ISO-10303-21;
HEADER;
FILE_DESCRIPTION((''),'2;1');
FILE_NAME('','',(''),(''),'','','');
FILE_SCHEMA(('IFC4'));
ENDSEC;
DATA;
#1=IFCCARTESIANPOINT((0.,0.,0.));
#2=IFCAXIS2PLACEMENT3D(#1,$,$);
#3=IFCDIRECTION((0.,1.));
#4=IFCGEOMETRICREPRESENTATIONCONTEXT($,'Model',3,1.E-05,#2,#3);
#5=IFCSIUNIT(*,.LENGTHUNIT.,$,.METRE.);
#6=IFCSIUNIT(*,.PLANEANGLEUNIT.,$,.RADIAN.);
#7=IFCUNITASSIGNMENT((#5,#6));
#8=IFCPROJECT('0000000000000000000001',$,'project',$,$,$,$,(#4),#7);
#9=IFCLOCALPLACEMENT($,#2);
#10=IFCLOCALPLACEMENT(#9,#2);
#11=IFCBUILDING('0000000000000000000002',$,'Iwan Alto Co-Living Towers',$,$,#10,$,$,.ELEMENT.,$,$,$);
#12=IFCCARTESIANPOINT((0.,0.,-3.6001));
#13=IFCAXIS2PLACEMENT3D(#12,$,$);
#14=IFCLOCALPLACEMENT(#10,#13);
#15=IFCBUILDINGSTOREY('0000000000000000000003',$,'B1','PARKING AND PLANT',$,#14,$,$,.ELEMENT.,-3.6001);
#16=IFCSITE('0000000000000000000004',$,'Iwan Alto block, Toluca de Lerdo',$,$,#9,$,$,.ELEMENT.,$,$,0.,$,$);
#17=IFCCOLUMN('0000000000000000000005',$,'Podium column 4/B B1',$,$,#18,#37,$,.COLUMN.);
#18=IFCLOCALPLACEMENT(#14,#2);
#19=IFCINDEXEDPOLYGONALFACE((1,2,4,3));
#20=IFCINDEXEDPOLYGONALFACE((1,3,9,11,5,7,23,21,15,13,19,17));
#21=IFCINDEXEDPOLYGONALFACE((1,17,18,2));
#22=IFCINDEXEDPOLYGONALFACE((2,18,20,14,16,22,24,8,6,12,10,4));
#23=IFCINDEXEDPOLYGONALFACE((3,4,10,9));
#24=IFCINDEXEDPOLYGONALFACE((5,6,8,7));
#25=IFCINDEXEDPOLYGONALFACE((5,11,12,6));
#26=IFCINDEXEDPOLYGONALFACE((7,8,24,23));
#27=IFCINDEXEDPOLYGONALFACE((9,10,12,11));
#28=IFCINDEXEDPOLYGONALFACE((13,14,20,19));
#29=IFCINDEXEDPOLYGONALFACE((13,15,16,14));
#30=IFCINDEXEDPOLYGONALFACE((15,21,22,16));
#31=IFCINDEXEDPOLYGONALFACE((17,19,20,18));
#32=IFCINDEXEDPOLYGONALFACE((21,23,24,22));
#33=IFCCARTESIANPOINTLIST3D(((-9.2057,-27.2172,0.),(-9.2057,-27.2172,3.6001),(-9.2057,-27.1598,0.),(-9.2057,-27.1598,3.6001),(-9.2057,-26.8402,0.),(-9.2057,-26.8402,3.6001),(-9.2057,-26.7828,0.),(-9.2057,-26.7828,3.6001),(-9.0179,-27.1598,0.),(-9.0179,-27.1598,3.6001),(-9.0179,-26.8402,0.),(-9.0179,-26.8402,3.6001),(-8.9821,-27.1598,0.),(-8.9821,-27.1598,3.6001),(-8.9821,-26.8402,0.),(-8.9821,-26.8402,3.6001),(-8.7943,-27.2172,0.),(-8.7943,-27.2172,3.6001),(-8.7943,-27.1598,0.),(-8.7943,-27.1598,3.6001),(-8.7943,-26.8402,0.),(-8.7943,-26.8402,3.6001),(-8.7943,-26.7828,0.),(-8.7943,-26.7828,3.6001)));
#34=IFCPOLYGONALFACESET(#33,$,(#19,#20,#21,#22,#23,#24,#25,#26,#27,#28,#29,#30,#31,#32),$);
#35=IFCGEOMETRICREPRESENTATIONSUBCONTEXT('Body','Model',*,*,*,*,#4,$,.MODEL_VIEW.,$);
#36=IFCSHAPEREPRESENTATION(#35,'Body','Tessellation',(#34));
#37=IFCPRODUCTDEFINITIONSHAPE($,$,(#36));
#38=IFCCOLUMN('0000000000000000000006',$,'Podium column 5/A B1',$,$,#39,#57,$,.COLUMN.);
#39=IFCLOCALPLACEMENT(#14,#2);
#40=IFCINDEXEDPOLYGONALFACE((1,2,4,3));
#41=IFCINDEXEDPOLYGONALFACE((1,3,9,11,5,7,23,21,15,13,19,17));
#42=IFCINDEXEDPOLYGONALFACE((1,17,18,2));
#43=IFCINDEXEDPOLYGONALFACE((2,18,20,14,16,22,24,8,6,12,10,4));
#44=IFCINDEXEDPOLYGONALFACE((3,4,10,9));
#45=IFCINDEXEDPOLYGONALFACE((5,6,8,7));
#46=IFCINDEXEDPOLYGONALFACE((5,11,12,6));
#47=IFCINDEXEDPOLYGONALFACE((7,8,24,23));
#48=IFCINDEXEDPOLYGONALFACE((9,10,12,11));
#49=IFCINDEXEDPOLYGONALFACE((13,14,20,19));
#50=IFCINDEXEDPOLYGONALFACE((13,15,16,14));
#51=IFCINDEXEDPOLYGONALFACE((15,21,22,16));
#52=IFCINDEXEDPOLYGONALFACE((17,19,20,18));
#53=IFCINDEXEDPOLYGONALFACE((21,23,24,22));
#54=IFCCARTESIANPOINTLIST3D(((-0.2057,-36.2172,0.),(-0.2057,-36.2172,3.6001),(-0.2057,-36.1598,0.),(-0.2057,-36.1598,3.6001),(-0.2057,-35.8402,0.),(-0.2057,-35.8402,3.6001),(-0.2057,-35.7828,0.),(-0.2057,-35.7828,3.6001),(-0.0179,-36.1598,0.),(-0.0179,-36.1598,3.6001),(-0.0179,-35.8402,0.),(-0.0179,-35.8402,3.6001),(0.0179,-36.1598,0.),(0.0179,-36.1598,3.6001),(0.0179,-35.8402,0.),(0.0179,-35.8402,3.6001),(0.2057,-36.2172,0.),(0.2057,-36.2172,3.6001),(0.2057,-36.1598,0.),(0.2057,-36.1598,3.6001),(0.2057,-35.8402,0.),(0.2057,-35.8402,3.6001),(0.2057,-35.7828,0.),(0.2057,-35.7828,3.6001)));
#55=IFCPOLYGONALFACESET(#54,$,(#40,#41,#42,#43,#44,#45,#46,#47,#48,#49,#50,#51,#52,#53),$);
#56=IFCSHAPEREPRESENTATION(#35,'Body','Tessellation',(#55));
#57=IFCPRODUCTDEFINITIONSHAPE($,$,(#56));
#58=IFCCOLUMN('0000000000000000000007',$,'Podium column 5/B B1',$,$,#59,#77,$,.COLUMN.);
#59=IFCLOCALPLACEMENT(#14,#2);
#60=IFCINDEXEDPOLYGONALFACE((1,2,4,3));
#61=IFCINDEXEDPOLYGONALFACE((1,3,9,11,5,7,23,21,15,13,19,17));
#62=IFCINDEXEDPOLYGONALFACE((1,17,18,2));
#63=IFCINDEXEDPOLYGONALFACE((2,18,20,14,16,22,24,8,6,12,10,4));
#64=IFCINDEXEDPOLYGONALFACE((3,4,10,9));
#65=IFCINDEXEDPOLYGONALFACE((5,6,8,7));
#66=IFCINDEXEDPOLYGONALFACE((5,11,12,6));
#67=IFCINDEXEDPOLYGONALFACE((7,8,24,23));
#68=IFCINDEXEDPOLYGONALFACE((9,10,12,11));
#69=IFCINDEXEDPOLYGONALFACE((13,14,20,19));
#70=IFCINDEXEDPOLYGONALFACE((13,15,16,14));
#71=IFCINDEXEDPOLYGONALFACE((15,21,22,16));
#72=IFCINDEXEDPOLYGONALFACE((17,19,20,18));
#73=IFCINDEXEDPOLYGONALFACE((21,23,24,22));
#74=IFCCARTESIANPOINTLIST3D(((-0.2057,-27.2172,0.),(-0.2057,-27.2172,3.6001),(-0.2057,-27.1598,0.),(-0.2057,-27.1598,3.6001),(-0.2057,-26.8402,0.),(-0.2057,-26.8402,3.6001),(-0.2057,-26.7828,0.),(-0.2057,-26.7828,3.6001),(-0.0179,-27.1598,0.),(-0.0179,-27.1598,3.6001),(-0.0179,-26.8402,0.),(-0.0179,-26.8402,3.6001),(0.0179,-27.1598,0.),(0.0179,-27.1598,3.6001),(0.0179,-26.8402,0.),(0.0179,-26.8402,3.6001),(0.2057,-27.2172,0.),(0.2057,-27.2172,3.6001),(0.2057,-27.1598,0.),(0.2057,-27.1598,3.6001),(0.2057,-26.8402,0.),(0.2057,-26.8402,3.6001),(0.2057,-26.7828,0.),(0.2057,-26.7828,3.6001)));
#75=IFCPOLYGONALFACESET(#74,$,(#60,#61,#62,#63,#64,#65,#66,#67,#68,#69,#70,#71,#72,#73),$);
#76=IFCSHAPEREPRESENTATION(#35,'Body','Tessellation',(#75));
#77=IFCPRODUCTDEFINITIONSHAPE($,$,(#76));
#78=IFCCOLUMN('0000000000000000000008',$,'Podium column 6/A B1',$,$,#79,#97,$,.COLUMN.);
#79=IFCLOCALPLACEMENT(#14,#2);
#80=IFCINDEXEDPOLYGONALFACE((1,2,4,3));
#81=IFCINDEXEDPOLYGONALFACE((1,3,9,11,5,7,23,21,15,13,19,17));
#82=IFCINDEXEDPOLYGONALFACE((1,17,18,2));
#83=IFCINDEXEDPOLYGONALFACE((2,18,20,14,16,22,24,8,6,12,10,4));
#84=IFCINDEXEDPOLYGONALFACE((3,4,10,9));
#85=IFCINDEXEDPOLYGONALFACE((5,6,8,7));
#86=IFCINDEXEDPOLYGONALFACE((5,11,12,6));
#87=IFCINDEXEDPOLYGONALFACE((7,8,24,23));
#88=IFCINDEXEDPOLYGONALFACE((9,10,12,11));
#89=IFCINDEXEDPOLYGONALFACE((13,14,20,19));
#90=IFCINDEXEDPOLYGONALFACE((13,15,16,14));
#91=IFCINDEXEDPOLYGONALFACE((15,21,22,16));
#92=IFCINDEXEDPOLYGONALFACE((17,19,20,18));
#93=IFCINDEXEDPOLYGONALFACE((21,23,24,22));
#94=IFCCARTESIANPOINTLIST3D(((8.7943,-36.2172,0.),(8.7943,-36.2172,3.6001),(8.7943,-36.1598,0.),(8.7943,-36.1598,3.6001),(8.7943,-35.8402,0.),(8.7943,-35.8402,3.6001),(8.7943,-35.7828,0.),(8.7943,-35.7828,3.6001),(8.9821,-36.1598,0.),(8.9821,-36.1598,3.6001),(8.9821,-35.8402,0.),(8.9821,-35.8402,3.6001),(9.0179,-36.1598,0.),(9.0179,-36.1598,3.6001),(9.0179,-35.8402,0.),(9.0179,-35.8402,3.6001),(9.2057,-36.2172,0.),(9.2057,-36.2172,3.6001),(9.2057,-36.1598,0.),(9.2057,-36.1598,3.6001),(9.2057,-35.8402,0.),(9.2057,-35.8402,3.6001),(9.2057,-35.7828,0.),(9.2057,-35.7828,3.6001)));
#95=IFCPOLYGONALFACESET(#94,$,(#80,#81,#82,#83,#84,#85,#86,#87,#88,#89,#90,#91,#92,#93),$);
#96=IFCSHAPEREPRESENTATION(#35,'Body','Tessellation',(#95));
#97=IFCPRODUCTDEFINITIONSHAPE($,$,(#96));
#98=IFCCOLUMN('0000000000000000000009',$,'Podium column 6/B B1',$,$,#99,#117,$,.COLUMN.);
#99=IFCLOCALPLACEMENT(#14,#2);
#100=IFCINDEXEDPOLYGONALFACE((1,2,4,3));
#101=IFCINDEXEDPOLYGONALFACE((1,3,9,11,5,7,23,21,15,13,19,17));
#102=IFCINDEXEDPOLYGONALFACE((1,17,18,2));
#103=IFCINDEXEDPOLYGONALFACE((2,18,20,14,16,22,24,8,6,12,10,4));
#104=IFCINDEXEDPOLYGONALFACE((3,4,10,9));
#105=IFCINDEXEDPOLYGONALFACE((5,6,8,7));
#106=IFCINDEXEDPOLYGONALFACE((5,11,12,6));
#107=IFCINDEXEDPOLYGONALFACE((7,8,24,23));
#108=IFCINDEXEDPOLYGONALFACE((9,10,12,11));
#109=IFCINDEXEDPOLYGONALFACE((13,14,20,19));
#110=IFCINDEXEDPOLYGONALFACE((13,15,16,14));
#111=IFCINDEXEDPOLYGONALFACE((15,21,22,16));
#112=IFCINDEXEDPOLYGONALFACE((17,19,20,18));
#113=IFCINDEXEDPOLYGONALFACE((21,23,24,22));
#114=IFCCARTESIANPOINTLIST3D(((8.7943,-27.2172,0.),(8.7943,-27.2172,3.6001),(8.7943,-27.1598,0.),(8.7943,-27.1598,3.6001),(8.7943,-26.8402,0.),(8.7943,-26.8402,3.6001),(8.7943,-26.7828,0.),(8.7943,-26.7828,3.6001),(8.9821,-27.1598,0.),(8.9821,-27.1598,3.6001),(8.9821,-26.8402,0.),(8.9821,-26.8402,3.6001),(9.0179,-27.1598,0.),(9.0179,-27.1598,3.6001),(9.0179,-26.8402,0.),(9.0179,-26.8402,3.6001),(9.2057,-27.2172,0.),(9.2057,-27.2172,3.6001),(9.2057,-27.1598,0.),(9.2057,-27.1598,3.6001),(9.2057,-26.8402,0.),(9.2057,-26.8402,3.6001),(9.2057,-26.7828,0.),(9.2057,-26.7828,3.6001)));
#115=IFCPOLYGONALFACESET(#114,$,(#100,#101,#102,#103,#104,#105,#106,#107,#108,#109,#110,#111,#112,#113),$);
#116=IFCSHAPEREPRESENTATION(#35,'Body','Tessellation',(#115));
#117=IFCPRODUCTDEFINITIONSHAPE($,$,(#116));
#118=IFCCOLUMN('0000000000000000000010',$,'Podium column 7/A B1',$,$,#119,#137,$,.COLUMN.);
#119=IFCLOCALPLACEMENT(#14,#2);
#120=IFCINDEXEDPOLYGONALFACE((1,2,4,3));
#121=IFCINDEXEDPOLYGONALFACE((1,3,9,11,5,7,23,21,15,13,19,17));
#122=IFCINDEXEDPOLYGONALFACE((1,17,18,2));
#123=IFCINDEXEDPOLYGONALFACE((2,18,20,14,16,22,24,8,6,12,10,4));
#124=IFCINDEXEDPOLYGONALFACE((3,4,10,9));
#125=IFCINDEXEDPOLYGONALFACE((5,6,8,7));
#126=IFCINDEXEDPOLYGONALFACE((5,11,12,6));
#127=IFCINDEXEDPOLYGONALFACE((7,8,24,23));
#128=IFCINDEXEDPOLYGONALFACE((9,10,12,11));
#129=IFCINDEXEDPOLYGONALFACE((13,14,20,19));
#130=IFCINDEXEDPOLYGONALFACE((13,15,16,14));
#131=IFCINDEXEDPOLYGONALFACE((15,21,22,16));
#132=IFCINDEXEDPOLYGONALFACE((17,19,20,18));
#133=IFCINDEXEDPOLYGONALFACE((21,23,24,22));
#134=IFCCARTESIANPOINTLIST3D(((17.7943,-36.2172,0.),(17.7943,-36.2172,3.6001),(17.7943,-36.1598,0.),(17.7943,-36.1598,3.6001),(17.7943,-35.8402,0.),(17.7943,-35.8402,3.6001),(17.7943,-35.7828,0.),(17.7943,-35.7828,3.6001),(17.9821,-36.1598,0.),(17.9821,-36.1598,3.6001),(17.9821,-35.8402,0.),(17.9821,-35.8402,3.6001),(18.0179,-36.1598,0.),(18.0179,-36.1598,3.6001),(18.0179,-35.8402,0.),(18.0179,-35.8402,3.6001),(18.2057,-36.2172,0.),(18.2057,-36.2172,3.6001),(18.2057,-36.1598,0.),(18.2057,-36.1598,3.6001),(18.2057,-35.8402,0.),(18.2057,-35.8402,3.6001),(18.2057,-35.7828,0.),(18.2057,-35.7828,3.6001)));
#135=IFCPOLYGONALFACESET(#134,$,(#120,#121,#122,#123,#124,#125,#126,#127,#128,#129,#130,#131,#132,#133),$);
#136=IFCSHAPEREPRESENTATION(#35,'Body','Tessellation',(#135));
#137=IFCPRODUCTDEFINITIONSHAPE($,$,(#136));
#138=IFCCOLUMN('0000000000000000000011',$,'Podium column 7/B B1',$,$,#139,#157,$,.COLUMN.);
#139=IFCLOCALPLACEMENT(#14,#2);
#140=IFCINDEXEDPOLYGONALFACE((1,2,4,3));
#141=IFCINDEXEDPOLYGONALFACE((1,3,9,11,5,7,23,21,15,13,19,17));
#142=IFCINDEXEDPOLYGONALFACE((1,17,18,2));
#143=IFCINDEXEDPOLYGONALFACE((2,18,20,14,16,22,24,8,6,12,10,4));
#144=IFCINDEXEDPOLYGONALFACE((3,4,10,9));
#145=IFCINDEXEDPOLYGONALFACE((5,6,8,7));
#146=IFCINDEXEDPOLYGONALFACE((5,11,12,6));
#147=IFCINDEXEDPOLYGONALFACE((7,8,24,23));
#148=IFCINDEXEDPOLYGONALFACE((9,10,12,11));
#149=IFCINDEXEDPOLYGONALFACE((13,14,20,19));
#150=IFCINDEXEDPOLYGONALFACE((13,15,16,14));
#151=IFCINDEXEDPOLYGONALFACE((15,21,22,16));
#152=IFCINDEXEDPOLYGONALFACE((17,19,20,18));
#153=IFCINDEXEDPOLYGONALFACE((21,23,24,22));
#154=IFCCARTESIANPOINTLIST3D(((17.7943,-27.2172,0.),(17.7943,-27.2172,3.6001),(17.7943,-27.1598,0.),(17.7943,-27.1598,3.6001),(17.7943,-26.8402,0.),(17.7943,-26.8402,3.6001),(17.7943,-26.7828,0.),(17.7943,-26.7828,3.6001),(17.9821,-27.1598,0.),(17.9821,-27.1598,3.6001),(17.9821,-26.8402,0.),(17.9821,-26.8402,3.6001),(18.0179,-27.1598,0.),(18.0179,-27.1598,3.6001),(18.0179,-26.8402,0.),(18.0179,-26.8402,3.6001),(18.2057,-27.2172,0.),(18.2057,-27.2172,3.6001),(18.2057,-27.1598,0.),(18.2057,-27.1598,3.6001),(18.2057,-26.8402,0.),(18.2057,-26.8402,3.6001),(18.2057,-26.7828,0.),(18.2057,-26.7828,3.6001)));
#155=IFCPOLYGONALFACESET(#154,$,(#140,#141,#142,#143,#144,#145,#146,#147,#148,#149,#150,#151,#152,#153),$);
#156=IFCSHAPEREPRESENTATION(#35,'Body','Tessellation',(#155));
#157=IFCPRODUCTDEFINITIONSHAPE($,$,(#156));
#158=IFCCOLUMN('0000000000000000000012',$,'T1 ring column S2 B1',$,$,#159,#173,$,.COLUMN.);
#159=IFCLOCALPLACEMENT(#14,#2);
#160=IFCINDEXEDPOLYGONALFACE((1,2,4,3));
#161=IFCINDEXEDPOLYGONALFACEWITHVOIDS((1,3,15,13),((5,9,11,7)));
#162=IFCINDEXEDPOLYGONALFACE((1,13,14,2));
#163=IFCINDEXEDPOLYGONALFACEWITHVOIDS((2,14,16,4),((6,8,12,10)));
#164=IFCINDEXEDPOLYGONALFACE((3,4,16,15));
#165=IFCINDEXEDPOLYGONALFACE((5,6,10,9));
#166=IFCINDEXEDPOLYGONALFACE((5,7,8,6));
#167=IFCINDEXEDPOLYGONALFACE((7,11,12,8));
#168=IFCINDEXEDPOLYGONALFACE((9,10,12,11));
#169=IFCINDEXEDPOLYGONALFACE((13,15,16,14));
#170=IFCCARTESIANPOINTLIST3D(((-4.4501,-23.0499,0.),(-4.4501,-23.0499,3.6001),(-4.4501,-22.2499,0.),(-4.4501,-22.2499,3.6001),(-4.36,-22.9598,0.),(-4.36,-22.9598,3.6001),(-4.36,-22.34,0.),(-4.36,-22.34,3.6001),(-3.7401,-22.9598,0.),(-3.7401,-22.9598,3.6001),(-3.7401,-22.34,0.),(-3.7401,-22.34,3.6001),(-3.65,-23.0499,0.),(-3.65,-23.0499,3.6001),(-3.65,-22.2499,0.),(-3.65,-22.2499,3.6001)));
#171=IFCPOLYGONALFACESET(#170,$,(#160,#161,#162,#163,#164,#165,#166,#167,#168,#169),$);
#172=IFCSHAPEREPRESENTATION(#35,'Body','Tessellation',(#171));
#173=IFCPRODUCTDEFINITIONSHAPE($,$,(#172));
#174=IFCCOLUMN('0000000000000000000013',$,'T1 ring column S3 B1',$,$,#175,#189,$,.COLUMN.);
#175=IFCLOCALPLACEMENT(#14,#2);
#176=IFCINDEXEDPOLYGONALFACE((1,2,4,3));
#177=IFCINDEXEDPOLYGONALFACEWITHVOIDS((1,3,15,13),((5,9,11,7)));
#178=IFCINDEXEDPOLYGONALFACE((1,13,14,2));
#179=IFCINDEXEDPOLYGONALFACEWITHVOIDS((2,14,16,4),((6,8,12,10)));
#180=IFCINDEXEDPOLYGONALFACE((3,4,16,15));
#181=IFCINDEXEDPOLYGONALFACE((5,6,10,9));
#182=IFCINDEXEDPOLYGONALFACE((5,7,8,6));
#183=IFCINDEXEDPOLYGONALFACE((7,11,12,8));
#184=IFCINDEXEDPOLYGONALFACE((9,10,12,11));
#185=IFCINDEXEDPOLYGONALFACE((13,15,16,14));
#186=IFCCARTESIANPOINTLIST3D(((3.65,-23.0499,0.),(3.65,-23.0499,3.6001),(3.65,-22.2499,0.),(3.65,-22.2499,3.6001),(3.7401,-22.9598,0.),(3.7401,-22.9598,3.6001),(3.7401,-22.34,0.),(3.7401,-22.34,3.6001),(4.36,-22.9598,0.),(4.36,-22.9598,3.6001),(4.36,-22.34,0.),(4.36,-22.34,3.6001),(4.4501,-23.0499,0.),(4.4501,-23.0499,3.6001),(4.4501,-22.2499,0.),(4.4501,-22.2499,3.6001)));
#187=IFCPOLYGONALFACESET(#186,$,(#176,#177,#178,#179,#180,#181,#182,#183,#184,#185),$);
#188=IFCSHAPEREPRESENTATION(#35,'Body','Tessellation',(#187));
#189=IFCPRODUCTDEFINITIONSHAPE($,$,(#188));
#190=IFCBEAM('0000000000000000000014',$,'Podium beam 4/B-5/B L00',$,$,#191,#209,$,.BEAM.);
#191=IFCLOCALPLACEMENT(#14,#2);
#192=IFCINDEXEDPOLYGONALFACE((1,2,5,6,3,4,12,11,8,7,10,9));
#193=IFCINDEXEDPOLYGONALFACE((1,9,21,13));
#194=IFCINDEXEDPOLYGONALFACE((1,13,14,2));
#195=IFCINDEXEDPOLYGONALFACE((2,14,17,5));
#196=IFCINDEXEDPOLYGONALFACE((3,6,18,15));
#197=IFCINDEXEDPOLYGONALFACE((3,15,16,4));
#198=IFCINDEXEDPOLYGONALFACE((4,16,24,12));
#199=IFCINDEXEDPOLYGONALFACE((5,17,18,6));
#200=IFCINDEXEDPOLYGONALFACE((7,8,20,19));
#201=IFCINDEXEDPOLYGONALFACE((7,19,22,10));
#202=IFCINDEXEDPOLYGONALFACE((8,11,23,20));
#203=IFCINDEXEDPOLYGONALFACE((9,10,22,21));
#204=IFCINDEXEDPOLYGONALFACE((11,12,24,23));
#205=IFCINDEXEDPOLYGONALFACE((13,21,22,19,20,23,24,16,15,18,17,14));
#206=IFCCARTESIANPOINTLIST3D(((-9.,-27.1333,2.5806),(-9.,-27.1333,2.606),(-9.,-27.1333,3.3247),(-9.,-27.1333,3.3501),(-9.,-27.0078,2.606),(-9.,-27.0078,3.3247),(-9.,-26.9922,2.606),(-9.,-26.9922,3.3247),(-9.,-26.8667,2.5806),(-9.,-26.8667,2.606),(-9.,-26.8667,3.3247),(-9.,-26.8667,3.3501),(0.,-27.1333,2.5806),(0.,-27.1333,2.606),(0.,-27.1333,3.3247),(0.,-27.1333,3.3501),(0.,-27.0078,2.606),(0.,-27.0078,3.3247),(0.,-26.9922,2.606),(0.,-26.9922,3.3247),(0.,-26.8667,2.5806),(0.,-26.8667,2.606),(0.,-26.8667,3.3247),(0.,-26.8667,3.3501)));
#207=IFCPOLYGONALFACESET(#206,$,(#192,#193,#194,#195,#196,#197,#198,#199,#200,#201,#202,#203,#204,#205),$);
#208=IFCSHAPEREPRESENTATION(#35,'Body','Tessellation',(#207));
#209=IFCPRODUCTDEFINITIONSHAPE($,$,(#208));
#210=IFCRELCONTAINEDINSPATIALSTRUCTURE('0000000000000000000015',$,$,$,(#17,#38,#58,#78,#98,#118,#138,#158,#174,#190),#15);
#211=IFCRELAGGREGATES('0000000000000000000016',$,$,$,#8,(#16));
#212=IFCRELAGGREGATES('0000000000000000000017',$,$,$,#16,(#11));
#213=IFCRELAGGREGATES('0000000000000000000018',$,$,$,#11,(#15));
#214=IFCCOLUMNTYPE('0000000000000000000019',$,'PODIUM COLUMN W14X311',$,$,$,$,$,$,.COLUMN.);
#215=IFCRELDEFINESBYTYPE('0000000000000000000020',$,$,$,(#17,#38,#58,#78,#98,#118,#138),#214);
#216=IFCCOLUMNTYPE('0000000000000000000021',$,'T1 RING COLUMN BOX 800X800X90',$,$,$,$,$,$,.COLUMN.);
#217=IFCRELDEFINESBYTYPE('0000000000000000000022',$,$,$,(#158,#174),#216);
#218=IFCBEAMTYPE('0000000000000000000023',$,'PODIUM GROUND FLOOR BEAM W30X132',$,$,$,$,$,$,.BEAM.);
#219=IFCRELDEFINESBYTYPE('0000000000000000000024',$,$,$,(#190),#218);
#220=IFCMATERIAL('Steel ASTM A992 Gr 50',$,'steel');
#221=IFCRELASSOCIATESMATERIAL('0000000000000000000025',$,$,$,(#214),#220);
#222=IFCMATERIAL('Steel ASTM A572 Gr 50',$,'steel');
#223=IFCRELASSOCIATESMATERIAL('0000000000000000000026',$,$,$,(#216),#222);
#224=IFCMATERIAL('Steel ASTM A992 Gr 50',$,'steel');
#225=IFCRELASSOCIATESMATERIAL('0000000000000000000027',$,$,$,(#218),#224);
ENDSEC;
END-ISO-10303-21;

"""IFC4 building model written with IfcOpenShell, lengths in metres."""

from ifc_helpers import new_model, si_unit, direction, frame, origin, origin_2d, place, context, subcontext, project, spatial, hollow_rectangle, i_section, extrude, material, material_profile, profile_set, type_object, element, save


model = new_model("IFC4")

# Units and contexts
model_context = context("Model", 3, precision=1e-05, world=origin(), true_north=direction((0.0, 1.0)))
body_context = subcontext(model_context, "Body", "Model", "MODEL_VIEW")
ifc_project = project(units=[si_unit("LENGTHUNIT", "METRE"), si_unit("PLANEANGLEUNIT", "RADIAN")], contexts=[model_context])

# Site, building, storey
site_placement = place(None, origin())
site = spatial("IfcSite", under=ifc_project, at=site_placement, Name="Iwan Alto block, Toluca de Lerdo", CompositionType="ELEMENT", RefElevation=0.0)
building_placement = place(site_placement, origin())
building = spatial("IfcBuilding", under=site, at=building_placement, Name="Iwan Alto Co-Living Towers", CompositionType="ELEMENT")
storey_placement = place(building_placement, frame((0.0, 0.0, -3.6001)))
storey = spatial("IfcBuildingStorey", under=building, at=storey_placement, Name="B1", Description="PARKING AND PLANT", CompositionType="ELEMENT", Elevation=-3.6001)

# Columns
ifc_material_1 = material(Name="Steel ASTM A992 Gr 50", Category="steel")
ifc_material_profile_1 = material_profile(ifc_material_1, i_section(OverallWidth=0.4114, OverallDepth=0.4343, WebThickness=0.0359, FlangeThickness=0.0574, at=origin_2d()), Name="W14X311")
ifc_profile_set_1 = profile_set([ifc_material_profile_1], Name="Steel ASTM A992 Gr 50")
column_type_1 = type_object("IfcColumnType", Name="PODIUM COLUMN W14X311", PredefinedType="COLUMN", material=ifc_profile_set_1)
for number, where, z_axis, x_axis, name in (
    (1, (-9.0, -27.0, 0.0), (0.0, 0.0, 1.0), (1.0, 0.0, 0.0), "Podium column 4/B B1"),
    (2, (0.0, -36.0, 0.0), (0.0, 0.0, 1.0), (1.0, 0.0, 0.0), "Podium column 5/A B1"),
    (3, (0.0, -27.0, 0.0), (0.0, 0.0, 1.0), (1.0, 0.0, 0.0), "Podium column 5/B B1"),
    (4, (9.0, -36.0, 0.0), (0.0, 0.0, 1.0), (1.0, 0.0, 0.0), "Podium column 6/A B1"),
    (5, (9.0, -27.0, 0.0), (0.0, 0.0, 1.0), (1.0, 0.0, 0.0), "Podium column 6/B B1"),
    (6, (18.0, -36.0, 0.0), (0.0, 0.0, 1.0), (1.0, 0.0, 0.0), "Podium column 7/A B1"),
    (7, (18.0, -27.0, 0.0), (0.0, 0.0, 1.0), (1.0, 0.0, 0.0), "Podium column 7/B B1"),
):
    element("IfcColumn", number, at=place(storey_placement, frame(where, z_axis=z_axis, x_axis=x_axis)), inside=storey, type_object=column_type_1, Name=name, PredefinedType="COLUMN", context=body_context, shape_type="SweptSolid", body=[
        extrude(i_section(OverallWidth=0.4114, OverallDepth=0.4343, WebThickness=0.0359, FlangeThickness=0.0574, at=origin_2d()), origin(), (0.0, 0.0, 1.0), 3.6001),
    ])
ifc_material_2 = material(Name="Steel ASTM A572 Gr 50", Category="steel")
ifc_material_profile_2 = material_profile(ifc_material_2, hollow_rectangle(XDim=0.8, YDim=0.8, WallThickness=0.0901, at=origin_2d()), Name="BOX 800X800X90")
ifc_profile_set_2 = profile_set([ifc_material_profile_2], Name="Steel ASTM A572 Gr 50")
column_type_2 = type_object("IfcColumnType", Name="T1 RING COLUMN BOX 800X800X90", PredefinedType="COLUMN", material=ifc_profile_set_2)
for number, where, z_axis, x_axis, name in (
    (8, (-4.05, -22.6499, 0.0), (0.0, 0.0, 1.0), (1.0, 0.0, 0.0), "T1 ring column S2 B1"),
    (9, (4.05, -22.6499, 0.0), (0.0, 0.0, 1.0), (1.0, 0.0, 0.0), "T1 ring column S3 B1"),
):
    element("IfcColumn", number, at=place(storey_placement, frame(where, z_axis=z_axis, x_axis=x_axis)), inside=storey, type_object=column_type_2, Name=name, PredefinedType="COLUMN", context=body_context, shape_type="SweptSolid", body=[
        extrude(hollow_rectangle(XDim=0.8, YDim=0.8, WallThickness=0.0901, at=origin_2d()), origin(), (0.0, 0.0, 1.0), 3.6001),
    ])

# Beam
ifc_material_3 = material(Name="Steel ASTM A992 Gr 50", Category="steel")
ifc_material_profile_3 = material_profile(ifc_material_3, i_section(OverallWidth=0.2666, OverallDepth=0.7695, WebThickness=0.0156, FlangeThickness=0.0254, at=origin_2d()), Name="W30X132")
ifc_profile_set_3 = profile_set([ifc_material_profile_3], Name="Steel ASTM A992 Gr 50")
beam_type_1 = type_object("IfcBeamType", Name="PODIUM GROUND FLOOR BEAM W30X132", PredefinedType="BEAM", material=ifc_profile_set_3)
for number, where, z_axis, x_axis, name in (
    (10, (-9.0, -27.0, 2.9653), (1.0, 0.0, 0.0), (0.0, 1.0, 0.0), "Podium beam 4/B-5/B L00"),
):
    element("IfcBeam", number, at=place(storey_placement, frame(where, z_axis=z_axis, x_axis=x_axis)), inside=storey, type_object=beam_type_1, Name=name, PredefinedType="BEAM", context=body_context, shape_type="SweptSolid", body=[
        extrude(i_section(OverallWidth=0.2666, OverallDepth=0.7695, WebThickness=0.0156, FlangeThickness=0.0254, at=origin_2d()), origin(), (0.0, 0.0, 1.0), 9.0),
    ])

save(model, "model.ifc")
